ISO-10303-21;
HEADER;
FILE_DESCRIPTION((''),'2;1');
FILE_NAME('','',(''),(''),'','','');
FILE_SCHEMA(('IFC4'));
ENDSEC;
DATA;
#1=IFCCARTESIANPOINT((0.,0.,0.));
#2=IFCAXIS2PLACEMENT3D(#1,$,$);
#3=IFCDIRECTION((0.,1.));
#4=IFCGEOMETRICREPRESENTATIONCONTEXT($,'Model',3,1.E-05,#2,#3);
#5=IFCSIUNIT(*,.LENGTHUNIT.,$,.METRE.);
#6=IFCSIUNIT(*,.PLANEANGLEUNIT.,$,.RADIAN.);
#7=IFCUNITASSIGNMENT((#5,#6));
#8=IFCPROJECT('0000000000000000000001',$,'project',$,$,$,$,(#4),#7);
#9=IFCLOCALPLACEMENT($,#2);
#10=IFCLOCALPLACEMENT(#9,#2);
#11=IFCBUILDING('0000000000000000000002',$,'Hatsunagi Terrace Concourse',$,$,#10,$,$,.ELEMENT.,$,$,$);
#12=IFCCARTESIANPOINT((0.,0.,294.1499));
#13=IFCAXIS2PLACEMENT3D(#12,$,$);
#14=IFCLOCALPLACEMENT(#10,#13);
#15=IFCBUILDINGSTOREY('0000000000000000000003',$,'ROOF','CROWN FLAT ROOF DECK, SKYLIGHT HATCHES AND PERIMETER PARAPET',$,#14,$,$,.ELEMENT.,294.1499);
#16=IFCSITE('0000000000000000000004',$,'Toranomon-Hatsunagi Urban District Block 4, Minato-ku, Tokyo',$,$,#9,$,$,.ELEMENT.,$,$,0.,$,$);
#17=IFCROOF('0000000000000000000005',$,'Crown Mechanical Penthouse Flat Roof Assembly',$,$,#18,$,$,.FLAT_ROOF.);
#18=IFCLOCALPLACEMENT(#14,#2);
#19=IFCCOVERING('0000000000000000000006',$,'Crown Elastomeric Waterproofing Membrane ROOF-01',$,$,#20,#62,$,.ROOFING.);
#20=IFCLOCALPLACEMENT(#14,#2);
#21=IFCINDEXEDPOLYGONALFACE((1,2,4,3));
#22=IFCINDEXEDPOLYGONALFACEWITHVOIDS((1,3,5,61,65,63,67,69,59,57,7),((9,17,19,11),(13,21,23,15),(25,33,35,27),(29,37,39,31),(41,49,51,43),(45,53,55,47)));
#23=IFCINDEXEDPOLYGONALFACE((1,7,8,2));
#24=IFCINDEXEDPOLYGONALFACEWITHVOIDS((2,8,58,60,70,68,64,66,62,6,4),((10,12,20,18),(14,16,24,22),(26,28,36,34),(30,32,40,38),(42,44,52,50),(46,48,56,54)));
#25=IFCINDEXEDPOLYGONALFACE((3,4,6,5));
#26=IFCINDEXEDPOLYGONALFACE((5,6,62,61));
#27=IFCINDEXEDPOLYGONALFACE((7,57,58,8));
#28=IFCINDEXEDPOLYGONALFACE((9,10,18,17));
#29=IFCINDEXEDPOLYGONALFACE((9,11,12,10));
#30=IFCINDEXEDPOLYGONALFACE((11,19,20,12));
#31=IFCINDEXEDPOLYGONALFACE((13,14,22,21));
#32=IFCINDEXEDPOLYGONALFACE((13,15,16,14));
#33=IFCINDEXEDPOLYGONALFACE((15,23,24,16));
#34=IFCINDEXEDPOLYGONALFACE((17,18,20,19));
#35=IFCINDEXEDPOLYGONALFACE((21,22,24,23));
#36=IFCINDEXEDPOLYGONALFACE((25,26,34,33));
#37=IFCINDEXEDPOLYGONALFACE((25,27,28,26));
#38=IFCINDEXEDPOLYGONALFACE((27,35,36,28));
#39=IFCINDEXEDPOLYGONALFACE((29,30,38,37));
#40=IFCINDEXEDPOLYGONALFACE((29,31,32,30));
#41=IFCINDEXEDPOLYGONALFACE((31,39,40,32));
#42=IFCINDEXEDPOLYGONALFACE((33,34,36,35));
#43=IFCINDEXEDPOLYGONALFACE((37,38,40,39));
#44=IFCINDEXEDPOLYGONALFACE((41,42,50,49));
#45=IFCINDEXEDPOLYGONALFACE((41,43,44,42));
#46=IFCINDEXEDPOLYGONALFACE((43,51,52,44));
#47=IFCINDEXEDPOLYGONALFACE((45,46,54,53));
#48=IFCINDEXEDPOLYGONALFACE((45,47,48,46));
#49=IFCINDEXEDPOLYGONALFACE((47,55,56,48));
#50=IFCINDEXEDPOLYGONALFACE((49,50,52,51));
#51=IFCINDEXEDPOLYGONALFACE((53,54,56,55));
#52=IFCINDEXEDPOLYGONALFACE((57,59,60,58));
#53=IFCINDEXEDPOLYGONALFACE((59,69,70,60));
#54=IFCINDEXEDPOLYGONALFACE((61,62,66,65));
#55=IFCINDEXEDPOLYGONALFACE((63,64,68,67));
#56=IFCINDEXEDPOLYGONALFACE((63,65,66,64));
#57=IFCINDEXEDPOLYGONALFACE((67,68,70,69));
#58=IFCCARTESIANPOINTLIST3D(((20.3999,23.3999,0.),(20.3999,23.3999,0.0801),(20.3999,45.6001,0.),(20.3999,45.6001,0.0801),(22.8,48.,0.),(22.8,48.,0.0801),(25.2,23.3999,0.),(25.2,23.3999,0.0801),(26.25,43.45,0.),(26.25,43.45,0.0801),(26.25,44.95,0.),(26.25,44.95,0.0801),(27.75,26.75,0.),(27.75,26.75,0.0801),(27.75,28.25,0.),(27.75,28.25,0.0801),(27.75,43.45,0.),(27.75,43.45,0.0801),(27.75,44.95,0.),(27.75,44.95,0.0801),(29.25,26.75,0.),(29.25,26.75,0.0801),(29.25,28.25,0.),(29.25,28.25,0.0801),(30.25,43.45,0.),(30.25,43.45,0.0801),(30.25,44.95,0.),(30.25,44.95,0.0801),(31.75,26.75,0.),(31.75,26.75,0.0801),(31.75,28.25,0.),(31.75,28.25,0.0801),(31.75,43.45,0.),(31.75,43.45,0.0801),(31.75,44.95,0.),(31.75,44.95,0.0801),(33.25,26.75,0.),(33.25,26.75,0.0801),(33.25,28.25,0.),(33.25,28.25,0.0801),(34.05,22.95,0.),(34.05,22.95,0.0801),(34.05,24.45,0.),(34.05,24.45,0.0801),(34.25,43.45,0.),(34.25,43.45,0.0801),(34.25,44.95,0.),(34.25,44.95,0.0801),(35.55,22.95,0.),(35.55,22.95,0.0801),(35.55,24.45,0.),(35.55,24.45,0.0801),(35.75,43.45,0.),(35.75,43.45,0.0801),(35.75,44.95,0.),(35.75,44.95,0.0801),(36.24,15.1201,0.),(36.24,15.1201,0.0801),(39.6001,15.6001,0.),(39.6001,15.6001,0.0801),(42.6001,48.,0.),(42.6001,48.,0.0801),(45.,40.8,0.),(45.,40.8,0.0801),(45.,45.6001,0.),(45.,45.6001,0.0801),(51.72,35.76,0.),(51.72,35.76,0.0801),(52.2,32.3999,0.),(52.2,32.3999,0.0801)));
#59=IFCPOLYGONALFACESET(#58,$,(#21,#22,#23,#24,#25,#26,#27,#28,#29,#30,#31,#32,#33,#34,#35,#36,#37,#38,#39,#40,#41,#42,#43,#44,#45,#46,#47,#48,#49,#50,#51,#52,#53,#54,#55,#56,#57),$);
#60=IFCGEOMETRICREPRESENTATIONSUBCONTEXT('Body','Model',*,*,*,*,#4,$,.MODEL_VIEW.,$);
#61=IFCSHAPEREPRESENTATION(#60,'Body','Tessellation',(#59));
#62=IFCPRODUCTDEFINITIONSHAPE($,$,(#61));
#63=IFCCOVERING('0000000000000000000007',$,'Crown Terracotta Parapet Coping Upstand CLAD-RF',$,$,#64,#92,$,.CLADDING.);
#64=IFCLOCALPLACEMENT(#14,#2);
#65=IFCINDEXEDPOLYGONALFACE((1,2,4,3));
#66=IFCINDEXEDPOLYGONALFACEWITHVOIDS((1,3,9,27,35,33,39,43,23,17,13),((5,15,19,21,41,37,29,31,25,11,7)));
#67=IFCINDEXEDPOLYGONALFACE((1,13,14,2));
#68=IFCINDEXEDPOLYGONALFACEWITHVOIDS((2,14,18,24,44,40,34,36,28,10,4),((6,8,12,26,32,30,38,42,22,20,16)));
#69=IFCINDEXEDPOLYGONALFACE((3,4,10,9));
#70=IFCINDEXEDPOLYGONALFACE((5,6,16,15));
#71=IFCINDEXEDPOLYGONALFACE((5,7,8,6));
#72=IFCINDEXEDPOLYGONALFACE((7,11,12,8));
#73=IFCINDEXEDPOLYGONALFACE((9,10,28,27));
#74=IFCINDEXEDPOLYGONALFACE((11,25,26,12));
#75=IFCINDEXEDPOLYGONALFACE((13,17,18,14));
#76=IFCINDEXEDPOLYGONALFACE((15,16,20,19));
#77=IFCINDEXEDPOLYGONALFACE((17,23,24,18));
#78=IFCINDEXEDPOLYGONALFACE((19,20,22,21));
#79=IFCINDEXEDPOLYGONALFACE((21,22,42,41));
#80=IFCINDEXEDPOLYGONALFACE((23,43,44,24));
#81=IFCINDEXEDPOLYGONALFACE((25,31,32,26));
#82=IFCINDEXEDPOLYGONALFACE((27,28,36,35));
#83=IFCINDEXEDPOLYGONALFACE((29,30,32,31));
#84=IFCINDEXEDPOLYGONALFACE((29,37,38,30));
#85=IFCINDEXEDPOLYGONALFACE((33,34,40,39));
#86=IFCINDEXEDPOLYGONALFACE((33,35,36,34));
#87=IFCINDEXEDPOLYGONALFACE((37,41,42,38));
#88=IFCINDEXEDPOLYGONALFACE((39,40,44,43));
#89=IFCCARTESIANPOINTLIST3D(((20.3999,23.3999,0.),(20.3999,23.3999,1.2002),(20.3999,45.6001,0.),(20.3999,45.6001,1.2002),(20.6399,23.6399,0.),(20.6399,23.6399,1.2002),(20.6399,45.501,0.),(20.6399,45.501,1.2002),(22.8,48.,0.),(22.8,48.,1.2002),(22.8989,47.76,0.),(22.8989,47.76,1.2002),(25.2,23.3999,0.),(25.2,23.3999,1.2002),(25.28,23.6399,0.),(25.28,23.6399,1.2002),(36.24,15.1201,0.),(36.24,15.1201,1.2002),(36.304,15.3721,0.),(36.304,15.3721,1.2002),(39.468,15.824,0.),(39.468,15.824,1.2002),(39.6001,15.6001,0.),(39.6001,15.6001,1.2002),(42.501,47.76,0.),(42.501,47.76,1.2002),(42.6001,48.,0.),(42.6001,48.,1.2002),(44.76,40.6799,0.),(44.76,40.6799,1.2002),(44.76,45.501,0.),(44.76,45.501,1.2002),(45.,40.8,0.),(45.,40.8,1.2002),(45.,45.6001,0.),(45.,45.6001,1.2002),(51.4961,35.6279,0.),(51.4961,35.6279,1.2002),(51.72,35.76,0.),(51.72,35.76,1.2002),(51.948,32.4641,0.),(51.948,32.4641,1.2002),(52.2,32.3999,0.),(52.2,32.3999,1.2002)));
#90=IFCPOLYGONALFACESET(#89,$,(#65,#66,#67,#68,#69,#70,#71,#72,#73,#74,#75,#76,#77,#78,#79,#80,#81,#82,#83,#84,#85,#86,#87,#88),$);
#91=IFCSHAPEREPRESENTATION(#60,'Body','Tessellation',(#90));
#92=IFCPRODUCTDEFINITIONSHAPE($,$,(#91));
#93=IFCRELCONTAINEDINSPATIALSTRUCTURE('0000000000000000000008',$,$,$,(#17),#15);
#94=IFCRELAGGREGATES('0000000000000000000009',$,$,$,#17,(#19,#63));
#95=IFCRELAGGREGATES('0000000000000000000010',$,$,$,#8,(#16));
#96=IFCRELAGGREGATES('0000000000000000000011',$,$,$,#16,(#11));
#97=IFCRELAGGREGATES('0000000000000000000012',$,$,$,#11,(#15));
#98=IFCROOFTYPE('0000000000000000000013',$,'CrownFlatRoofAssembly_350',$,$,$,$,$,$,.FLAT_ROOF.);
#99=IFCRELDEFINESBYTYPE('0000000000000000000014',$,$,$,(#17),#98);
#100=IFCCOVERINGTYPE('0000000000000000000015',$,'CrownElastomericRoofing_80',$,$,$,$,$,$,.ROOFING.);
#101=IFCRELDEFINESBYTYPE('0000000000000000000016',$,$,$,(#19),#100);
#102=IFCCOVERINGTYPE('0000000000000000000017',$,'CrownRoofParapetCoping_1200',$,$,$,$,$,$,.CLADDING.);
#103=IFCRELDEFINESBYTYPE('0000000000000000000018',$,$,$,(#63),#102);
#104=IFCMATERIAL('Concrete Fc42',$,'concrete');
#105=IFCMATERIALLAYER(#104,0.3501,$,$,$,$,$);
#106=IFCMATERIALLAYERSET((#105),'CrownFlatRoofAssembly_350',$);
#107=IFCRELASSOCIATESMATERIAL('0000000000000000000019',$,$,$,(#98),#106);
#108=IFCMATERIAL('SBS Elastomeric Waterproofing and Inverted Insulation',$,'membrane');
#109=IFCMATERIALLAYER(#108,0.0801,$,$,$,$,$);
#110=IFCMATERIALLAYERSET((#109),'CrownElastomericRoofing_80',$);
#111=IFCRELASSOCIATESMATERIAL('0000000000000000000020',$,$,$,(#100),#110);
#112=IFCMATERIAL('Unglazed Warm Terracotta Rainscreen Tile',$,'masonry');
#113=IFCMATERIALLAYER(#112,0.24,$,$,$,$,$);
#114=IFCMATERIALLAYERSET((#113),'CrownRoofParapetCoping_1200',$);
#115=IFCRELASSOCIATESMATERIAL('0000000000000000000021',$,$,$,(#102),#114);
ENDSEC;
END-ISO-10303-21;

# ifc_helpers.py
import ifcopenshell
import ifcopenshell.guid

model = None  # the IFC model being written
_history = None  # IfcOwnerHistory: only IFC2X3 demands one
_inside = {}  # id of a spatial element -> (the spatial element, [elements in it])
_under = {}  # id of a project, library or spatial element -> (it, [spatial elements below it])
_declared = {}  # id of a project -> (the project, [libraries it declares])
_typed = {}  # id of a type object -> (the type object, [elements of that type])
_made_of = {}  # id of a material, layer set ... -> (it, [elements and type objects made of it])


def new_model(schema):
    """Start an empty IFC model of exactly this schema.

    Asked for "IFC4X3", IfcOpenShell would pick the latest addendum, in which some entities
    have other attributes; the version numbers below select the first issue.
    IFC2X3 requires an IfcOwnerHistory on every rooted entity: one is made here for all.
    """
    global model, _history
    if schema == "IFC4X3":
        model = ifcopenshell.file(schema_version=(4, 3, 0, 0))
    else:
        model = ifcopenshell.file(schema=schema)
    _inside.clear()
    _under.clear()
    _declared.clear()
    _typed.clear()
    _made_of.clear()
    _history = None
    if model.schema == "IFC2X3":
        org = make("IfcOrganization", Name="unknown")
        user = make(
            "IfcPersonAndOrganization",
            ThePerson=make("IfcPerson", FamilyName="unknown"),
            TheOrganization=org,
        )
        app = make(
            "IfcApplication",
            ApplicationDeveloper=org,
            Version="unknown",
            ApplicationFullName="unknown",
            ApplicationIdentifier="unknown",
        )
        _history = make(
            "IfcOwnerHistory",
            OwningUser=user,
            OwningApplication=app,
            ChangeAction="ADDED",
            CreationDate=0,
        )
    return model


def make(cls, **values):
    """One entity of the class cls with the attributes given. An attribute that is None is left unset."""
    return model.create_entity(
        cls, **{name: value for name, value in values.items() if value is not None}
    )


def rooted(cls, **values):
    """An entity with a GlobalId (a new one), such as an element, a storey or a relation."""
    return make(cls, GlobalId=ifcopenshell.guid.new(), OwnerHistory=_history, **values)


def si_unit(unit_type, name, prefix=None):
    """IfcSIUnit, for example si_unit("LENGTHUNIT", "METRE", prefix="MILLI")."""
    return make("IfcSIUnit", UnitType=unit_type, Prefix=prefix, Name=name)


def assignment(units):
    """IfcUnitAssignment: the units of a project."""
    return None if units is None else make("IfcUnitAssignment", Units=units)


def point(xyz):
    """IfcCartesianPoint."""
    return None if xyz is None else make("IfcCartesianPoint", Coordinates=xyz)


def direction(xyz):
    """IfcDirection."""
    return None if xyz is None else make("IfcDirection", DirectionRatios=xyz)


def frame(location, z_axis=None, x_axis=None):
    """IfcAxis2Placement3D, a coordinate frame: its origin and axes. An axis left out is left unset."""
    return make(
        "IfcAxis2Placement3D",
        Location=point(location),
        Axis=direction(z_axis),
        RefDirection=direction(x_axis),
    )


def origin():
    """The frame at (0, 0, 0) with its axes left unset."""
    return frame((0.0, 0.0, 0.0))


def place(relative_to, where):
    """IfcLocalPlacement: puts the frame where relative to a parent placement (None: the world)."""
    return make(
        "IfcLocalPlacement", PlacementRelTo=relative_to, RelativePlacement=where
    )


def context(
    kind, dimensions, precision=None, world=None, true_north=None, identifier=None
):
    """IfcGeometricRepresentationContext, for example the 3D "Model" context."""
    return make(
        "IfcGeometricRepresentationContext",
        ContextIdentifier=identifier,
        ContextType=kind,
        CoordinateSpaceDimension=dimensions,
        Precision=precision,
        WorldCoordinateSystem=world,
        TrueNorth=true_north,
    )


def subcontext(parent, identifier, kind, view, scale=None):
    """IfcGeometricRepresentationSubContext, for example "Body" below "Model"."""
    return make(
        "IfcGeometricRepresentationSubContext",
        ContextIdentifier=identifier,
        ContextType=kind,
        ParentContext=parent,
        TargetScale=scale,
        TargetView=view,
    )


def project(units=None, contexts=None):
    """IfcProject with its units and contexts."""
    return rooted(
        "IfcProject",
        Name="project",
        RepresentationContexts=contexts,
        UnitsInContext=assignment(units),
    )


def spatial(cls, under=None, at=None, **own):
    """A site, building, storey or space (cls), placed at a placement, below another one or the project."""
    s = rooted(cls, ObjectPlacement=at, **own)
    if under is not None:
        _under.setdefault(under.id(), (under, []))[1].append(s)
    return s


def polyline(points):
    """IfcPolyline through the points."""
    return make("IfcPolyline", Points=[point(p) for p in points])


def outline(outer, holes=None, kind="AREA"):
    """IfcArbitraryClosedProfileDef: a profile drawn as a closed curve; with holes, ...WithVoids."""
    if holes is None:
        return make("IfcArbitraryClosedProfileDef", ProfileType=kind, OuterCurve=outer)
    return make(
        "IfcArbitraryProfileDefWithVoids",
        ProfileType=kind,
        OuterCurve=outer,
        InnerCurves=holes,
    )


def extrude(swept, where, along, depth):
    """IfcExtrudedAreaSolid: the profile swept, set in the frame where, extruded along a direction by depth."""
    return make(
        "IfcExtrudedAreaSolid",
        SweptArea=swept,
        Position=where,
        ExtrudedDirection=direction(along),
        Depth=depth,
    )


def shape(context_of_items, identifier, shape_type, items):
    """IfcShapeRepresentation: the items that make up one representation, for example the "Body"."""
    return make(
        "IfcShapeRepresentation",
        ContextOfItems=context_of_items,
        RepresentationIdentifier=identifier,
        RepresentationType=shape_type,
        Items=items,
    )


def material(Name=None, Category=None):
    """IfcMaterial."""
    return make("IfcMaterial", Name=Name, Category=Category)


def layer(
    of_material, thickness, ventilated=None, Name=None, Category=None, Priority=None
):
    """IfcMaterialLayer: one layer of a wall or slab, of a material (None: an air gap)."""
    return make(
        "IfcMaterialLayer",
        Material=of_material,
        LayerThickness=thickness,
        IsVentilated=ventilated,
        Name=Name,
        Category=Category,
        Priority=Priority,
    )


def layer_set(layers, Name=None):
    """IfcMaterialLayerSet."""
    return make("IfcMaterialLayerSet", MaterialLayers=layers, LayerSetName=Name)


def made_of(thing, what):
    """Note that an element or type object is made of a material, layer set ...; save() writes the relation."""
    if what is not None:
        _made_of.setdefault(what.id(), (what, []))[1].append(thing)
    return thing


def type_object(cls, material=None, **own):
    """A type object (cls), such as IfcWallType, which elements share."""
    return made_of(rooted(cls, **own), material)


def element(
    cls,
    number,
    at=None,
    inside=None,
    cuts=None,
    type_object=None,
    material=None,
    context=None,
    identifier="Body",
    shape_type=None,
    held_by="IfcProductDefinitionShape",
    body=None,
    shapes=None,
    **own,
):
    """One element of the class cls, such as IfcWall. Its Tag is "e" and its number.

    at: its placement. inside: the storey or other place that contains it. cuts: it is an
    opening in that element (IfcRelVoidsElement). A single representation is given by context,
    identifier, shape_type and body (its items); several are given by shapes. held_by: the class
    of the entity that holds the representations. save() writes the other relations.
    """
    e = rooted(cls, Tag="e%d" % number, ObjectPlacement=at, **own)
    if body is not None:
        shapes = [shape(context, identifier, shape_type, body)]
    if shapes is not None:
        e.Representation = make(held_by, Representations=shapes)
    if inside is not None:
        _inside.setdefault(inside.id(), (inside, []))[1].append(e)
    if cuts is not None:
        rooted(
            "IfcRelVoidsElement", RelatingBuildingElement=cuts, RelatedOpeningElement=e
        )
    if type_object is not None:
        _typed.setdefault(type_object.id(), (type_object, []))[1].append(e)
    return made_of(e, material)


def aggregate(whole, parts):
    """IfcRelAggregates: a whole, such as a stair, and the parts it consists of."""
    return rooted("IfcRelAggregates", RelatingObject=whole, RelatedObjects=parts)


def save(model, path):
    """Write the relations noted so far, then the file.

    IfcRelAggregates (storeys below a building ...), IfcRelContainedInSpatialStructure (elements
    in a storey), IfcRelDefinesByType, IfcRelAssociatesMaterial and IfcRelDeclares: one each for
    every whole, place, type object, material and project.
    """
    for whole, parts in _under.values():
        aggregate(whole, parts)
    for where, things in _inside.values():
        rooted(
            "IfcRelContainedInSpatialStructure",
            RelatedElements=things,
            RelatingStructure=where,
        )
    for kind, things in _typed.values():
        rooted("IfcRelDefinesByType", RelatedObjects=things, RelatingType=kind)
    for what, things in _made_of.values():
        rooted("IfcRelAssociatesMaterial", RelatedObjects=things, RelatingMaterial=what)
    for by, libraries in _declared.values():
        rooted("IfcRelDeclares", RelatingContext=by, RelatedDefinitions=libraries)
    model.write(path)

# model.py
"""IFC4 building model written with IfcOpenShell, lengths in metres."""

from ifc_helpers import new_model, si_unit, direction, frame, origin, place, context, subcontext, project, spatial, polyline, outline, extrude, material, layer, layer_set, type_object, element, aggregate, save


model = new_model("IFC4")

# Units and contexts
model_context = context("Model", 3, precision=1e-05, world=origin(), true_north=direction((0.0, 1.0)))
body_context = subcontext(model_context, "Body", "Model", "MODEL_VIEW")
ifc_project = project(units=[si_unit("LENGTHUNIT", "METRE"), si_unit("PLANEANGLEUNIT", "RADIAN")], contexts=[model_context])

# Site, building, storey
site_placement = place(None, origin())
site = spatial("IfcSite", under=ifc_project, at=site_placement, Name="Toranomon-Hatsunagi Urban District Block 4, Minato-ku, Tokyo", CompositionType="ELEMENT", RefElevation=0.0)
building_placement = place(site_placement, origin())
building = spatial("IfcBuilding", under=site, at=building_placement, Name="Hatsunagi Terrace Concourse", CompositionType="ELEMENT")
storey_placement = place(building_placement, frame((0.0, 0.0, 294.1499)))
storey = spatial("IfcBuildingStorey", under=building, at=storey_placement, Name="ROOF", Description="CROWN FLAT ROOF DECK, SKYLIGHT HATCHES AND PERIMETER PARAPET", CompositionType="ELEMENT", Elevation=294.1499)

# Roof, coverings
ifc_material_1 = material(Name="Concrete Fc42", Category="concrete")
ifc_layer_1 = layer(ifc_material_1, 0.3501)
ifc_layer_set_1 = layer_set([ifc_layer_1], Name="CrownFlatRoofAssembly_350")
roof_type = type_object("IfcRoofType", Name="CrownFlatRoofAssembly_350", PredefinedType="FLAT_ROOF", material=ifc_layer_set_1)
roof_placement = place(storey_placement, origin())
roof = element("IfcRoof", 1, at=roof_placement, inside=storey, type_object=roof_type, Name="Crown Mechanical Penthouse Flat Roof Assembly", PredefinedType="FLAT_ROOF")
ifc_material_2 = material(Name="SBS Elastomeric Waterproofing and Inverted Insulation", Category="membrane")
ifc_layer_2 = layer(ifc_material_2, 0.0801)
ifc_layer_set_2 = layer_set([ifc_layer_2], Name="CrownElastomericRoofing_80")
covering_type_1 = type_object("IfcCoveringType", Name="CrownElastomericRoofing_80", PredefinedType="ROOFING", material=ifc_layer_set_2)
covering_1_placement = place(storey_placement, origin())
covering_1 = element("IfcCovering", 2, at=covering_1_placement, type_object=covering_type_1, Name="Crown Elastomeric Waterproofing Membrane ROOF-01", PredefinedType="ROOFING", context=body_context, shape_type="SweptSolid", body=[
    extrude(outline(polyline([(45.0, 40.8), (45.0, 45.6001), (42.6001, 48.0), (22.8, 48.0), (20.3999, 45.6001), (20.3999, 23.3999), (25.2, 23.3999), (36.24, 15.1201), (39.6001, 15.6001), (52.2, 32.3999), (51.72, 35.76), (45.0, 40.8)]), holes=[polyline([(26.25, 43.45), (27.75, 43.45), (27.75, 44.95), (26.25, 44.95), (26.25, 43.45)]), polyline([(30.25, 43.45), (31.75, 43.45), (31.75, 44.95), (30.25, 44.95), (30.25, 43.45)]), polyline([(34.25, 43.45), (35.75, 43.45), (35.75, 44.95), (34.25, 44.95), (34.25, 43.45)]), polyline([(27.75, 26.75), (29.25, 26.75), (29.25, 28.25), (27.75, 28.25), (27.75, 26.75)]), polyline([(31.75, 26.75), (33.25, 26.75), (33.25, 28.25), (31.75, 28.25), (31.75, 26.75)]), polyline([(34.05, 22.95), (35.55, 22.95), (35.55, 24.45), (34.05, 24.45), (34.05, 22.95)])]), origin(), (0.0, 0.0, 1.0), 0.0801),
])
ifc_material_3 = material(Name="Unglazed Warm Terracotta Rainscreen Tile", Category="masonry")
ifc_layer_3 = layer(ifc_material_3, 0.24)
ifc_layer_set_3 = layer_set([ifc_layer_3], Name="CrownRoofParapetCoping_1200")
covering_type_2 = type_object("IfcCoveringType", Name="CrownRoofParapetCoping_1200", PredefinedType="CLADDING", material=ifc_layer_set_3)
covering_2_placement = place(storey_placement, origin())
covering_2 = element("IfcCovering", 3, at=covering_2_placement, type_object=covering_type_2, Name="Crown Terracotta Parapet Coping Upstand CLAD-RF", PredefinedType="CLADDING", context=body_context, shape_type="SweptSolid", body=[
    extrude(outline(polyline([(45.0, 40.8), (45.0, 45.6001), (42.6001, 48.0), (22.8, 48.0), (20.3999, 45.6001), (20.3999, 23.3999), (25.2, 23.3999), (36.24, 15.1201), (39.6001, 15.6001), (52.2, 32.3999), (51.72, 35.76), (45.0, 40.8)]), holes=[polyline([(44.76, 40.6799), (51.4961, 35.6279), (51.948, 32.4641), (39.468, 15.824), (36.304, 15.3721), (25.28, 23.6399), (20.6399, 23.6399), (20.6399, 45.501), (22.8989, 47.76), (42.501, 47.76), (44.76, 45.501), (44.76, 40.6799)])]), origin(), (0.0, 0.0, 1.0), 1.2002),
])
aggregate(roof, [covering_1, covering_2])

save(model, "model.ifc")
